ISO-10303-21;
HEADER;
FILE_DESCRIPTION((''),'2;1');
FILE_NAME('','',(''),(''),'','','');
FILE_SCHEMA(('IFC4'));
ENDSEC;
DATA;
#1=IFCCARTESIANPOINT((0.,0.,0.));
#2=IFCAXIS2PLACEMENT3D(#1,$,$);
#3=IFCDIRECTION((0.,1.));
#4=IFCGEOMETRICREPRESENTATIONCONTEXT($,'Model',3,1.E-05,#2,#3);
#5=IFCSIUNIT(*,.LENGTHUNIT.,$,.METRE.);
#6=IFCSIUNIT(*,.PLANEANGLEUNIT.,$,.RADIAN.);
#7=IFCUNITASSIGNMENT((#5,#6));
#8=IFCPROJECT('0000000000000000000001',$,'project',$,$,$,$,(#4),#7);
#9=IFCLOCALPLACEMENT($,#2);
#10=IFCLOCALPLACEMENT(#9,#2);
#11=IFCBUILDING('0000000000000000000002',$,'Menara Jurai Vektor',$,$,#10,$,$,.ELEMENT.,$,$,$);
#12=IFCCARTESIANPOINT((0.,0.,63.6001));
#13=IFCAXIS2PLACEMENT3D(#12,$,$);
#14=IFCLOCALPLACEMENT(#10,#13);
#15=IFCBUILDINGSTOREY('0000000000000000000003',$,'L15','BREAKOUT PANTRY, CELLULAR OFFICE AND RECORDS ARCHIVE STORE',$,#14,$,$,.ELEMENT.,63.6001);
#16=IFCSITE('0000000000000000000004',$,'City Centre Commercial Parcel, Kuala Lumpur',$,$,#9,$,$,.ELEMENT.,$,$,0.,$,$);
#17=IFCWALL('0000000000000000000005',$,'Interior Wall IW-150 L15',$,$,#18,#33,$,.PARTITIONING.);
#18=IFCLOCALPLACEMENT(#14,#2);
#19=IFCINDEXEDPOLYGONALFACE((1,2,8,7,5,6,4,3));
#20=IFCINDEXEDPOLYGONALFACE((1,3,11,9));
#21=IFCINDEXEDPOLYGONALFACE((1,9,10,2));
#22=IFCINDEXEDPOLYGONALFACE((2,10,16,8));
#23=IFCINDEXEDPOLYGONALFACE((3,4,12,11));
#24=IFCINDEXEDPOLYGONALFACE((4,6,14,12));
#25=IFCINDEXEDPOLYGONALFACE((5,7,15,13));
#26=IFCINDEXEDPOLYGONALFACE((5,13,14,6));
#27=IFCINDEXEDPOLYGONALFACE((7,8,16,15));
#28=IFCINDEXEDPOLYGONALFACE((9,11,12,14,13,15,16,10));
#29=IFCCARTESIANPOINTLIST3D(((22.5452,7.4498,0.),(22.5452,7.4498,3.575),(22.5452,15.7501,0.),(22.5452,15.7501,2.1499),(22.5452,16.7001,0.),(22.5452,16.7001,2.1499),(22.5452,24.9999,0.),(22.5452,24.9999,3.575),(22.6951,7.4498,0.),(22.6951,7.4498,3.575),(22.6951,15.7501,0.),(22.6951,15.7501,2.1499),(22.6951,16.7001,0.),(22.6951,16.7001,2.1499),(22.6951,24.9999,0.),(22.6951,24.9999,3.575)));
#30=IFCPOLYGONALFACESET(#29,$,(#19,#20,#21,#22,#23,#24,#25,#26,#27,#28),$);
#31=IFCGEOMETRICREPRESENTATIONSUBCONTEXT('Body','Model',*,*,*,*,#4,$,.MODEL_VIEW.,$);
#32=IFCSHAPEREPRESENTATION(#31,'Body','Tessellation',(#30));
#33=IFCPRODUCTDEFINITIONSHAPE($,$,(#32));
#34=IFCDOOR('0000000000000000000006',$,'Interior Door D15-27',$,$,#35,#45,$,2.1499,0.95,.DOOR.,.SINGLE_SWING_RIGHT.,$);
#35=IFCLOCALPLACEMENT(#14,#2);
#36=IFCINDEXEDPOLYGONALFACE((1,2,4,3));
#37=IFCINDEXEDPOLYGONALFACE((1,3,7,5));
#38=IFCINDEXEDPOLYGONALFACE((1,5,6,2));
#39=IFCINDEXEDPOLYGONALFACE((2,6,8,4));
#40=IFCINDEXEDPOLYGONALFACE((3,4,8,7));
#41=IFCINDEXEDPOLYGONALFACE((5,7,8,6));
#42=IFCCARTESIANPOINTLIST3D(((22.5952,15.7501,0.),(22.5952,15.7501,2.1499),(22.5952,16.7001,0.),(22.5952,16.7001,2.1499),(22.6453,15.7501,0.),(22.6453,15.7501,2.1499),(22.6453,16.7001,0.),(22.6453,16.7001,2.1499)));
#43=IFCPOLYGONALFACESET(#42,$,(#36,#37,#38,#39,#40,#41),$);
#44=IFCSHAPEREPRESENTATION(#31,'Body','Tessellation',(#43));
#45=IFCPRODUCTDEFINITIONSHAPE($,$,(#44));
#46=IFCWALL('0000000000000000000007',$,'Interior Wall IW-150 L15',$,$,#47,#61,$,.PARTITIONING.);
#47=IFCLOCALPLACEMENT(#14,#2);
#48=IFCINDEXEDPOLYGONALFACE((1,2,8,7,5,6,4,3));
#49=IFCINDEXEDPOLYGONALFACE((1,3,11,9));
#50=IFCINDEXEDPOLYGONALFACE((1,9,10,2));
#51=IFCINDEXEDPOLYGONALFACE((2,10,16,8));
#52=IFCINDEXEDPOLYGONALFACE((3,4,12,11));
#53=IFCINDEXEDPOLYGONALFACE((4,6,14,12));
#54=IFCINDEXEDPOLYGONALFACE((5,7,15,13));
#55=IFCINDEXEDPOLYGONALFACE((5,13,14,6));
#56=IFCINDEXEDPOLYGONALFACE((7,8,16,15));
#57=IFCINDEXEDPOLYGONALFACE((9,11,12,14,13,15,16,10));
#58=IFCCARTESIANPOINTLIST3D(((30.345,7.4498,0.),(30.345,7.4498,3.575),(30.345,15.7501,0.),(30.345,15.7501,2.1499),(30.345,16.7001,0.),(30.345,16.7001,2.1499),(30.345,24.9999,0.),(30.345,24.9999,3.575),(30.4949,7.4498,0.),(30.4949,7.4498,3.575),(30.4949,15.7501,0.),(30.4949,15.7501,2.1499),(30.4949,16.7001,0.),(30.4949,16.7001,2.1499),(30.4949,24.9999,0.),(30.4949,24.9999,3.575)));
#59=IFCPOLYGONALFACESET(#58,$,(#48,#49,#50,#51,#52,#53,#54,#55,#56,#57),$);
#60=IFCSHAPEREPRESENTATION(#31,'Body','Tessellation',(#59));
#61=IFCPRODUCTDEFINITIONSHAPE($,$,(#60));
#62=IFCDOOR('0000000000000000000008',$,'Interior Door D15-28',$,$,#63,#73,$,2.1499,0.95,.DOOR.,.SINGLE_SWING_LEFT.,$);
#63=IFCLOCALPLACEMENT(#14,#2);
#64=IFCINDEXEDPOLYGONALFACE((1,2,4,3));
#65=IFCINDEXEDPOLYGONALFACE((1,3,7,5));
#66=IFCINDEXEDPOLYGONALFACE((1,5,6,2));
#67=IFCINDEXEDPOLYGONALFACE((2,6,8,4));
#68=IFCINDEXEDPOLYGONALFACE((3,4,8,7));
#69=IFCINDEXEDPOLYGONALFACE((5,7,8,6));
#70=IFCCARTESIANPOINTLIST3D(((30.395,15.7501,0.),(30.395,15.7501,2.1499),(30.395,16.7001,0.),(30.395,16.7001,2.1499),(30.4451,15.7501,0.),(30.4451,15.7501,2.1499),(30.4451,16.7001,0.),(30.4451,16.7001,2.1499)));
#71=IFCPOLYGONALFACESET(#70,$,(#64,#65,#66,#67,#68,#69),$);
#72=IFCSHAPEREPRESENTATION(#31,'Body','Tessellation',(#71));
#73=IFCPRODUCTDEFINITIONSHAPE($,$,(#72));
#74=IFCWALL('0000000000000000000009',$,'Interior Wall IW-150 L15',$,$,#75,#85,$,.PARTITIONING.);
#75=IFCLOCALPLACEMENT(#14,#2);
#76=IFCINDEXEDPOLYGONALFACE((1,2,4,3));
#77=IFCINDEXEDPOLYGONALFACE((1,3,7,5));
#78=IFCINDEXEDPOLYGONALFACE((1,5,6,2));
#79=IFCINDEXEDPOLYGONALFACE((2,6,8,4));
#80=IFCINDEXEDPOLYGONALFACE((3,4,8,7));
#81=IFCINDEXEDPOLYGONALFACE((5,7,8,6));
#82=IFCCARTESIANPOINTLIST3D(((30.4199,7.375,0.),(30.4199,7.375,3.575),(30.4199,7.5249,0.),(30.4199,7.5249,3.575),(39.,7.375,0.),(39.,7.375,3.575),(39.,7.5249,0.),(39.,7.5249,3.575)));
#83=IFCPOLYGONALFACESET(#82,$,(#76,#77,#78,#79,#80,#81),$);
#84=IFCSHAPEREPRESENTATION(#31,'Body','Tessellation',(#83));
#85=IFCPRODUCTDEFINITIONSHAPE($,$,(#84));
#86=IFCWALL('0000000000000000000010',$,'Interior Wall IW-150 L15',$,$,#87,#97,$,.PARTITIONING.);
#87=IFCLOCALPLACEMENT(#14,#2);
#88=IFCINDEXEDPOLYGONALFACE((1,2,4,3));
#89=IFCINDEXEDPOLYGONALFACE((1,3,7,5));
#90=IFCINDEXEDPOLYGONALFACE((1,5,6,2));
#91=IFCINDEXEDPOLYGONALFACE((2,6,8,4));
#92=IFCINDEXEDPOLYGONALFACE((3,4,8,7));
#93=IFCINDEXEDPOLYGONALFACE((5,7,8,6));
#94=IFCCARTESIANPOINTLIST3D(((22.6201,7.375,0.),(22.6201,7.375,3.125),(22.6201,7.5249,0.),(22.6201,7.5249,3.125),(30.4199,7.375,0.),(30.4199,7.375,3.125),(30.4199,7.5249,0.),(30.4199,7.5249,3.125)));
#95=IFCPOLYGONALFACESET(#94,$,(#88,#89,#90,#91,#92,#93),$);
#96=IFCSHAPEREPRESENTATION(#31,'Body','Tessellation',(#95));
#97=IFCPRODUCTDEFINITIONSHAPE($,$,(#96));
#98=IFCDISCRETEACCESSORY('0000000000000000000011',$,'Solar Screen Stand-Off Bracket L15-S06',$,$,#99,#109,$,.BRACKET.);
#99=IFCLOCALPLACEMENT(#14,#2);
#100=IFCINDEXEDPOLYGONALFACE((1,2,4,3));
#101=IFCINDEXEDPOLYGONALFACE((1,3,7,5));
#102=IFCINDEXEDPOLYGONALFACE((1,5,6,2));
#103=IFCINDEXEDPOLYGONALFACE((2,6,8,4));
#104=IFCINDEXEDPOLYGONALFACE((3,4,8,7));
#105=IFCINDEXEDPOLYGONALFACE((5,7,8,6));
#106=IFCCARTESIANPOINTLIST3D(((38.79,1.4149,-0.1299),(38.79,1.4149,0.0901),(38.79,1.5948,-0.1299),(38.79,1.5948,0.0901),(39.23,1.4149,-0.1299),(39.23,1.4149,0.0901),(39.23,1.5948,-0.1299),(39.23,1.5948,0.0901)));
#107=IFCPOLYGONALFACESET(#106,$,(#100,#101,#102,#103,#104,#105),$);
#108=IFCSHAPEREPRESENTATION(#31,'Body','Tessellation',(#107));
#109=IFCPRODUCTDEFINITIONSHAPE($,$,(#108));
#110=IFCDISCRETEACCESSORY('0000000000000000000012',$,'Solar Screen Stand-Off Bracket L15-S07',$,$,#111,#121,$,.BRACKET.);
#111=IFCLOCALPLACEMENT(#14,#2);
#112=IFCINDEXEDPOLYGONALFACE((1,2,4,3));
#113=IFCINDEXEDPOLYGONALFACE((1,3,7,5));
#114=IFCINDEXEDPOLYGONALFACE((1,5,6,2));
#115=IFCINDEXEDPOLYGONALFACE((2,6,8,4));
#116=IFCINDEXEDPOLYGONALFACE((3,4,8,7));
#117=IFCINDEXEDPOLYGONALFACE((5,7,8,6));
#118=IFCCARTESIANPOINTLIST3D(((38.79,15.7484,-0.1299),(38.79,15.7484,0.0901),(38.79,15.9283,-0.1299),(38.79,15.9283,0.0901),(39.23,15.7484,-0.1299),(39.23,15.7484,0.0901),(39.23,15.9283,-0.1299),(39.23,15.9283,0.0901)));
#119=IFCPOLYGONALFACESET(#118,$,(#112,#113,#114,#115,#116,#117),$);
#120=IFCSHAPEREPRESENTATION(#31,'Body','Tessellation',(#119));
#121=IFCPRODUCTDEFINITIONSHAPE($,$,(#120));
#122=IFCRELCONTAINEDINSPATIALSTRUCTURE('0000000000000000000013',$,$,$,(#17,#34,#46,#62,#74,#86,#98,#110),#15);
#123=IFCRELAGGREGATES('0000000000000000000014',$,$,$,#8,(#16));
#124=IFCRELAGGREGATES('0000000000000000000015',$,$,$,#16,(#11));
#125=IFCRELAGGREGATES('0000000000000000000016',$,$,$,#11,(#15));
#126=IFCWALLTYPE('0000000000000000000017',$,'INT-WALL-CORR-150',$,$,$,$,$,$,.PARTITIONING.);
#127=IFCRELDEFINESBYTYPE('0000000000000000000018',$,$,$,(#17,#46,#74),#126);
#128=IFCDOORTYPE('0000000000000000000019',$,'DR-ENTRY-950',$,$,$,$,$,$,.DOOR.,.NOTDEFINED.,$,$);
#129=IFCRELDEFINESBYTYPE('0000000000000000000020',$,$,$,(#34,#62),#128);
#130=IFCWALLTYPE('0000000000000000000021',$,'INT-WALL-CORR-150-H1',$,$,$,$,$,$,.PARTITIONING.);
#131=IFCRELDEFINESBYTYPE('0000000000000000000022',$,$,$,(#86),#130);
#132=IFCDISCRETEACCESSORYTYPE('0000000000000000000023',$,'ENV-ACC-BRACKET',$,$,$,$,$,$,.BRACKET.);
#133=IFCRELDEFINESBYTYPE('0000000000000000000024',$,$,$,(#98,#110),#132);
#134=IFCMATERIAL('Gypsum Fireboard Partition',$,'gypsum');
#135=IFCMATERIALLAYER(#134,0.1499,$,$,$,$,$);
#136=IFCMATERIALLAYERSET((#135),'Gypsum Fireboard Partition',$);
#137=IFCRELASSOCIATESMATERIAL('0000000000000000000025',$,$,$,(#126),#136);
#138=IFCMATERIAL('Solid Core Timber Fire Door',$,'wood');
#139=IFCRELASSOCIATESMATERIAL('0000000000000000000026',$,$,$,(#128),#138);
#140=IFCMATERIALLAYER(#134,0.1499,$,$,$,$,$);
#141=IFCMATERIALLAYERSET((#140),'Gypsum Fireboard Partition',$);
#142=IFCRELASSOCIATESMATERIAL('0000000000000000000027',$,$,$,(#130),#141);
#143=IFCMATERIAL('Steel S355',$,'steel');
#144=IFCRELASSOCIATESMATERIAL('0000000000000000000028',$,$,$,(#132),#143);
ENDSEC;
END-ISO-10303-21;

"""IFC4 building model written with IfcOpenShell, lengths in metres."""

from ifc_helpers import new_model, si_unit, direction, frame, frame_2d, origin, origin_2d, place, context, subcontext, project, spatial, rectangle, extrude, material, layer, layer_set, type_object, element, fill, save


model = new_model("IFC4")

# Units and contexts
model_context = context("Model", 3, precision=1e-05, world=origin(), true_north=direction((0.0, 1.0)))
body_context = subcontext(model_context, "Body", "Model", "MODEL_VIEW")
ifc_project = project(units=[si_unit("LENGTHUNIT", "METRE"), si_unit("PLANEANGLEUNIT", "RADIAN")], contexts=[model_context])

# Site, building, storey
site_placement = place(None, origin())
site = spatial("IfcSite", under=ifc_project, at=site_placement, Name="City Centre Commercial Parcel, Kuala Lumpur", CompositionType="ELEMENT", RefElevation=0.0)
building_placement = place(site_placement, origin())
building = spatial("IfcBuilding", under=site, at=building_placement, Name="Menara Jurai Vektor", CompositionType="ELEMENT")
storey_placement = place(building_placement, frame((0.0, 0.0, 63.6001)))
storey = spatial("IfcBuildingStorey", under=building, at=storey_placement, Name="L15", Description="BREAKOUT PANTRY, CELLULAR OFFICE AND RECORDS ARCHIVE STORE", CompositionType="ELEMENT", Elevation=63.6001)

# Shared definitions
ifc_material_1 = material(Name="Steel S355", Category="steel")

# Walls, openings, doors
ifc_material_2 = material(Name="Gypsum Fireboard Partition", Category="gypsum")
ifc_layer_1 = layer(ifc_material_2, 0.1499)
ifc_layer_set_1 = layer_set([ifc_layer_1], Name="Gypsum Fireboard Partition")
wall_type_1 = type_object("IfcWallType", Name="INT-WALL-CORR-150", PredefinedType="PARTITIONING", material=ifc_layer_set_1)
wall_1_placement = place(storey_placement, frame((22.6201, 7.45, 0.0), z_axis=(0.0, 0.0, 1.0), x_axis=(0.0, 1.0, 0.0)))
wall_1 = element("IfcWall", 1, at=wall_1_placement, inside=storey, type_object=wall_type_1, Name="Interior Wall IW-150 L15", PredefinedType="PARTITIONING", context=body_context, shape_type="SweptSolid", body=[
    extrude(rectangle(XDim=17.55, YDim=0.1499, at=frame_2d((8.7749, 0.0))), origin(), (0.0, 0.0, 1.0), 3.575),
])
opening_1_placement = place(wall_1_placement, frame((8.3, 0.0, 0.0)))
opening_1 = element("IfcOpeningElement", 2, at=opening_1_placement, cuts=wall_1, PredefinedType="OPENING", context=body_context, shape_type="SweptSolid", body=[
    extrude(rectangle(XDim=0.95, YDim=2.1499, at=frame_2d((0.4751, 1.075))), frame((0.0, 0.085, 0.0), z_axis=(0.0, -1.0, 0.0), x_axis=(1.0, 0.0, 0.0)), (0.0, 0.0, 1.0), 0.1699),
])
ifc_material_3 = material(Name="Solid Core Timber Fire Door", Category="wood")
door_type = type_object("IfcDoorType", Name="DR-ENTRY-950", OperationType="NOTDEFINED", PredefinedType="DOOR", material=ifc_material_3)
door_1_placement = place(opening_1_placement, origin())
door_1 = element("IfcDoor", 3, at=door_1_placement, inside=storey, type_object=door_type, Name="Interior Door D15-27", OperationType="SINGLE_SWING_RIGHT", OverallHeight=2.1499, OverallWidth=0.95, PredefinedType="DOOR", context=body_context, shape_type="SweptSolid", body=[
    extrude(rectangle(XDim=0.95, YDim=2.1499, at=frame_2d((0.4751, 1.075))), frame((0.0, 0.0249, 0.0), z_axis=(0.0, -1.0, 0.0), x_axis=(1.0, 0.0, 0.0)), (0.0, 0.0, 1.0), 0.05),
])
fill(opening_1, door_1)
wall_2_placement = place(storey_placement, frame((30.4199, 7.45, 0.0), z_axis=(0.0, 0.0, 1.0), x_axis=(0.0, 1.0, 0.0)))
wall_2 = element("IfcWall", 4, at=wall_2_placement, inside=storey, type_object=wall_type_1, Name="Interior Wall IW-150 L15", PredefinedType="PARTITIONING", context=body_context, shape_type="SweptSolid", body=[
    extrude(rectangle(XDim=17.55, YDim=0.1499, at=frame_2d((8.7749, 0.0))), origin(), (0.0, 0.0, 1.0), 3.575),
])
opening_2_placement = place(wall_2_placement, frame((8.3, 0.0, 0.0)))
opening_2 = element("IfcOpeningElement", 5, at=opening_2_placement, cuts=wall_2, PredefinedType="OPENING", context=body_context, shape_type="SweptSolid", body=[
    extrude(rectangle(XDim=0.95, YDim=2.1499, at=frame_2d((0.4751, 1.075))), frame((0.0, 0.085, 0.0), z_axis=(0.0, -1.0, 0.0), x_axis=(1.0, 0.0, 0.0)), (0.0, 0.0, 1.0), 0.1699),
])
door_2_placement = place(opening_2_placement, origin())
door_2 = element("IfcDoor", 6, at=door_2_placement, inside=storey, type_object=door_type, Name="Interior Door D15-28", OperationType="SINGLE_SWING_LEFT", OverallHeight=2.1499, OverallWidth=0.95, PredefinedType="DOOR", context=body_context, shape_type="SweptSolid", body=[
    extrude(rectangle(XDim=0.95, YDim=2.1499, at=frame_2d((0.4751, 1.075))), frame((0.0, 0.0249, 0.0), z_axis=(0.0, -1.0, 0.0), x_axis=(1.0, 0.0, 0.0)), (0.0, 0.0, 1.0), 0.05),
])
fill(opening_2, door_2)

# Walls
wall_3_placement = place(storey_placement, frame((30.4199, 7.45, 0.0), z_axis=(0.0, 0.0, 1.0), x_axis=(1.0, 0.0, 0.0)))
element("IfcWall", 7, at=wall_3_placement, inside=storey, type_object=wall_type_1, Name="Interior Wall IW-150 L15", PredefinedType="PARTITIONING", context=body_context, shape_type="SweptSolid", body=[
    extrude(rectangle(XDim=8.5801, YDim=0.1499, at=frame_2d((4.29, 0.0))), origin(), (0.0, 0.0, 1.0), 3.575),
])
ifc_layer_2 = layer(ifc_material_2, 0.1499)
ifc_layer_set_2 = layer_set([ifc_layer_2], Name="Gypsum Fireboard Partition")
wall_type_2 = type_object("IfcWallType", Name="INT-WALL-CORR-150-H1", PredefinedType="PARTITIONING", material=ifc_layer_set_2)
wall_4_placement = place(storey_placement, frame((22.6201, 7.45, 0.0), z_axis=(0.0, 0.0, 1.0), x_axis=(1.0, 0.0, 0.0)))
element("IfcWall", 8, at=wall_4_placement, inside=storey, type_object=wall_type_2, Name="Interior Wall IW-150 L15", PredefinedType="PARTITIONING", context=body_context, shape_type="SweptSolid", body=[
    extrude(rectangle(XDim=7.7998, YDim=0.1499, at=frame_2d((3.8999, 0.0))), origin(), (0.0, 0.0, 1.0), 3.125),
])

# Discrete accessories
discrete_accessory_type = type_object("IfcDiscreteAccessoryType", Name="ENV-ACC-BRACKET", PredefinedType="BRACKET", material=ifc_material_1)
for number, where, z_axis, x_axis, name in (
    (9, (39.01, 1.5049, -0.1299), (0.0, 0.0, 1.0), (0.0, 1.0, 0.0), "Solar Screen Stand-Off Bracket L15-S06"),
    (10, (39.01, 15.8384, -0.1299), (0.0, 0.0, 1.0), (0.0, 1.0, 0.0), "Solar Screen Stand-Off Bracket L15-S07"),
):
    element("IfcDiscreteAccessory", number, at=place(storey_placement, frame(where, z_axis=z_axis, x_axis=x_axis)), inside=storey, type_object=discrete_accessory_type, Name=name, PredefinedType="BRACKET", context=body_context, shape_type="SweptSolid", body=[
        extrude(rectangle(XDim=0.1799, YDim=0.4399, at=origin_2d()), origin(), (0.0, 0.0, 1.0), 0.22),
    ])

save(model, "model.ifc")
